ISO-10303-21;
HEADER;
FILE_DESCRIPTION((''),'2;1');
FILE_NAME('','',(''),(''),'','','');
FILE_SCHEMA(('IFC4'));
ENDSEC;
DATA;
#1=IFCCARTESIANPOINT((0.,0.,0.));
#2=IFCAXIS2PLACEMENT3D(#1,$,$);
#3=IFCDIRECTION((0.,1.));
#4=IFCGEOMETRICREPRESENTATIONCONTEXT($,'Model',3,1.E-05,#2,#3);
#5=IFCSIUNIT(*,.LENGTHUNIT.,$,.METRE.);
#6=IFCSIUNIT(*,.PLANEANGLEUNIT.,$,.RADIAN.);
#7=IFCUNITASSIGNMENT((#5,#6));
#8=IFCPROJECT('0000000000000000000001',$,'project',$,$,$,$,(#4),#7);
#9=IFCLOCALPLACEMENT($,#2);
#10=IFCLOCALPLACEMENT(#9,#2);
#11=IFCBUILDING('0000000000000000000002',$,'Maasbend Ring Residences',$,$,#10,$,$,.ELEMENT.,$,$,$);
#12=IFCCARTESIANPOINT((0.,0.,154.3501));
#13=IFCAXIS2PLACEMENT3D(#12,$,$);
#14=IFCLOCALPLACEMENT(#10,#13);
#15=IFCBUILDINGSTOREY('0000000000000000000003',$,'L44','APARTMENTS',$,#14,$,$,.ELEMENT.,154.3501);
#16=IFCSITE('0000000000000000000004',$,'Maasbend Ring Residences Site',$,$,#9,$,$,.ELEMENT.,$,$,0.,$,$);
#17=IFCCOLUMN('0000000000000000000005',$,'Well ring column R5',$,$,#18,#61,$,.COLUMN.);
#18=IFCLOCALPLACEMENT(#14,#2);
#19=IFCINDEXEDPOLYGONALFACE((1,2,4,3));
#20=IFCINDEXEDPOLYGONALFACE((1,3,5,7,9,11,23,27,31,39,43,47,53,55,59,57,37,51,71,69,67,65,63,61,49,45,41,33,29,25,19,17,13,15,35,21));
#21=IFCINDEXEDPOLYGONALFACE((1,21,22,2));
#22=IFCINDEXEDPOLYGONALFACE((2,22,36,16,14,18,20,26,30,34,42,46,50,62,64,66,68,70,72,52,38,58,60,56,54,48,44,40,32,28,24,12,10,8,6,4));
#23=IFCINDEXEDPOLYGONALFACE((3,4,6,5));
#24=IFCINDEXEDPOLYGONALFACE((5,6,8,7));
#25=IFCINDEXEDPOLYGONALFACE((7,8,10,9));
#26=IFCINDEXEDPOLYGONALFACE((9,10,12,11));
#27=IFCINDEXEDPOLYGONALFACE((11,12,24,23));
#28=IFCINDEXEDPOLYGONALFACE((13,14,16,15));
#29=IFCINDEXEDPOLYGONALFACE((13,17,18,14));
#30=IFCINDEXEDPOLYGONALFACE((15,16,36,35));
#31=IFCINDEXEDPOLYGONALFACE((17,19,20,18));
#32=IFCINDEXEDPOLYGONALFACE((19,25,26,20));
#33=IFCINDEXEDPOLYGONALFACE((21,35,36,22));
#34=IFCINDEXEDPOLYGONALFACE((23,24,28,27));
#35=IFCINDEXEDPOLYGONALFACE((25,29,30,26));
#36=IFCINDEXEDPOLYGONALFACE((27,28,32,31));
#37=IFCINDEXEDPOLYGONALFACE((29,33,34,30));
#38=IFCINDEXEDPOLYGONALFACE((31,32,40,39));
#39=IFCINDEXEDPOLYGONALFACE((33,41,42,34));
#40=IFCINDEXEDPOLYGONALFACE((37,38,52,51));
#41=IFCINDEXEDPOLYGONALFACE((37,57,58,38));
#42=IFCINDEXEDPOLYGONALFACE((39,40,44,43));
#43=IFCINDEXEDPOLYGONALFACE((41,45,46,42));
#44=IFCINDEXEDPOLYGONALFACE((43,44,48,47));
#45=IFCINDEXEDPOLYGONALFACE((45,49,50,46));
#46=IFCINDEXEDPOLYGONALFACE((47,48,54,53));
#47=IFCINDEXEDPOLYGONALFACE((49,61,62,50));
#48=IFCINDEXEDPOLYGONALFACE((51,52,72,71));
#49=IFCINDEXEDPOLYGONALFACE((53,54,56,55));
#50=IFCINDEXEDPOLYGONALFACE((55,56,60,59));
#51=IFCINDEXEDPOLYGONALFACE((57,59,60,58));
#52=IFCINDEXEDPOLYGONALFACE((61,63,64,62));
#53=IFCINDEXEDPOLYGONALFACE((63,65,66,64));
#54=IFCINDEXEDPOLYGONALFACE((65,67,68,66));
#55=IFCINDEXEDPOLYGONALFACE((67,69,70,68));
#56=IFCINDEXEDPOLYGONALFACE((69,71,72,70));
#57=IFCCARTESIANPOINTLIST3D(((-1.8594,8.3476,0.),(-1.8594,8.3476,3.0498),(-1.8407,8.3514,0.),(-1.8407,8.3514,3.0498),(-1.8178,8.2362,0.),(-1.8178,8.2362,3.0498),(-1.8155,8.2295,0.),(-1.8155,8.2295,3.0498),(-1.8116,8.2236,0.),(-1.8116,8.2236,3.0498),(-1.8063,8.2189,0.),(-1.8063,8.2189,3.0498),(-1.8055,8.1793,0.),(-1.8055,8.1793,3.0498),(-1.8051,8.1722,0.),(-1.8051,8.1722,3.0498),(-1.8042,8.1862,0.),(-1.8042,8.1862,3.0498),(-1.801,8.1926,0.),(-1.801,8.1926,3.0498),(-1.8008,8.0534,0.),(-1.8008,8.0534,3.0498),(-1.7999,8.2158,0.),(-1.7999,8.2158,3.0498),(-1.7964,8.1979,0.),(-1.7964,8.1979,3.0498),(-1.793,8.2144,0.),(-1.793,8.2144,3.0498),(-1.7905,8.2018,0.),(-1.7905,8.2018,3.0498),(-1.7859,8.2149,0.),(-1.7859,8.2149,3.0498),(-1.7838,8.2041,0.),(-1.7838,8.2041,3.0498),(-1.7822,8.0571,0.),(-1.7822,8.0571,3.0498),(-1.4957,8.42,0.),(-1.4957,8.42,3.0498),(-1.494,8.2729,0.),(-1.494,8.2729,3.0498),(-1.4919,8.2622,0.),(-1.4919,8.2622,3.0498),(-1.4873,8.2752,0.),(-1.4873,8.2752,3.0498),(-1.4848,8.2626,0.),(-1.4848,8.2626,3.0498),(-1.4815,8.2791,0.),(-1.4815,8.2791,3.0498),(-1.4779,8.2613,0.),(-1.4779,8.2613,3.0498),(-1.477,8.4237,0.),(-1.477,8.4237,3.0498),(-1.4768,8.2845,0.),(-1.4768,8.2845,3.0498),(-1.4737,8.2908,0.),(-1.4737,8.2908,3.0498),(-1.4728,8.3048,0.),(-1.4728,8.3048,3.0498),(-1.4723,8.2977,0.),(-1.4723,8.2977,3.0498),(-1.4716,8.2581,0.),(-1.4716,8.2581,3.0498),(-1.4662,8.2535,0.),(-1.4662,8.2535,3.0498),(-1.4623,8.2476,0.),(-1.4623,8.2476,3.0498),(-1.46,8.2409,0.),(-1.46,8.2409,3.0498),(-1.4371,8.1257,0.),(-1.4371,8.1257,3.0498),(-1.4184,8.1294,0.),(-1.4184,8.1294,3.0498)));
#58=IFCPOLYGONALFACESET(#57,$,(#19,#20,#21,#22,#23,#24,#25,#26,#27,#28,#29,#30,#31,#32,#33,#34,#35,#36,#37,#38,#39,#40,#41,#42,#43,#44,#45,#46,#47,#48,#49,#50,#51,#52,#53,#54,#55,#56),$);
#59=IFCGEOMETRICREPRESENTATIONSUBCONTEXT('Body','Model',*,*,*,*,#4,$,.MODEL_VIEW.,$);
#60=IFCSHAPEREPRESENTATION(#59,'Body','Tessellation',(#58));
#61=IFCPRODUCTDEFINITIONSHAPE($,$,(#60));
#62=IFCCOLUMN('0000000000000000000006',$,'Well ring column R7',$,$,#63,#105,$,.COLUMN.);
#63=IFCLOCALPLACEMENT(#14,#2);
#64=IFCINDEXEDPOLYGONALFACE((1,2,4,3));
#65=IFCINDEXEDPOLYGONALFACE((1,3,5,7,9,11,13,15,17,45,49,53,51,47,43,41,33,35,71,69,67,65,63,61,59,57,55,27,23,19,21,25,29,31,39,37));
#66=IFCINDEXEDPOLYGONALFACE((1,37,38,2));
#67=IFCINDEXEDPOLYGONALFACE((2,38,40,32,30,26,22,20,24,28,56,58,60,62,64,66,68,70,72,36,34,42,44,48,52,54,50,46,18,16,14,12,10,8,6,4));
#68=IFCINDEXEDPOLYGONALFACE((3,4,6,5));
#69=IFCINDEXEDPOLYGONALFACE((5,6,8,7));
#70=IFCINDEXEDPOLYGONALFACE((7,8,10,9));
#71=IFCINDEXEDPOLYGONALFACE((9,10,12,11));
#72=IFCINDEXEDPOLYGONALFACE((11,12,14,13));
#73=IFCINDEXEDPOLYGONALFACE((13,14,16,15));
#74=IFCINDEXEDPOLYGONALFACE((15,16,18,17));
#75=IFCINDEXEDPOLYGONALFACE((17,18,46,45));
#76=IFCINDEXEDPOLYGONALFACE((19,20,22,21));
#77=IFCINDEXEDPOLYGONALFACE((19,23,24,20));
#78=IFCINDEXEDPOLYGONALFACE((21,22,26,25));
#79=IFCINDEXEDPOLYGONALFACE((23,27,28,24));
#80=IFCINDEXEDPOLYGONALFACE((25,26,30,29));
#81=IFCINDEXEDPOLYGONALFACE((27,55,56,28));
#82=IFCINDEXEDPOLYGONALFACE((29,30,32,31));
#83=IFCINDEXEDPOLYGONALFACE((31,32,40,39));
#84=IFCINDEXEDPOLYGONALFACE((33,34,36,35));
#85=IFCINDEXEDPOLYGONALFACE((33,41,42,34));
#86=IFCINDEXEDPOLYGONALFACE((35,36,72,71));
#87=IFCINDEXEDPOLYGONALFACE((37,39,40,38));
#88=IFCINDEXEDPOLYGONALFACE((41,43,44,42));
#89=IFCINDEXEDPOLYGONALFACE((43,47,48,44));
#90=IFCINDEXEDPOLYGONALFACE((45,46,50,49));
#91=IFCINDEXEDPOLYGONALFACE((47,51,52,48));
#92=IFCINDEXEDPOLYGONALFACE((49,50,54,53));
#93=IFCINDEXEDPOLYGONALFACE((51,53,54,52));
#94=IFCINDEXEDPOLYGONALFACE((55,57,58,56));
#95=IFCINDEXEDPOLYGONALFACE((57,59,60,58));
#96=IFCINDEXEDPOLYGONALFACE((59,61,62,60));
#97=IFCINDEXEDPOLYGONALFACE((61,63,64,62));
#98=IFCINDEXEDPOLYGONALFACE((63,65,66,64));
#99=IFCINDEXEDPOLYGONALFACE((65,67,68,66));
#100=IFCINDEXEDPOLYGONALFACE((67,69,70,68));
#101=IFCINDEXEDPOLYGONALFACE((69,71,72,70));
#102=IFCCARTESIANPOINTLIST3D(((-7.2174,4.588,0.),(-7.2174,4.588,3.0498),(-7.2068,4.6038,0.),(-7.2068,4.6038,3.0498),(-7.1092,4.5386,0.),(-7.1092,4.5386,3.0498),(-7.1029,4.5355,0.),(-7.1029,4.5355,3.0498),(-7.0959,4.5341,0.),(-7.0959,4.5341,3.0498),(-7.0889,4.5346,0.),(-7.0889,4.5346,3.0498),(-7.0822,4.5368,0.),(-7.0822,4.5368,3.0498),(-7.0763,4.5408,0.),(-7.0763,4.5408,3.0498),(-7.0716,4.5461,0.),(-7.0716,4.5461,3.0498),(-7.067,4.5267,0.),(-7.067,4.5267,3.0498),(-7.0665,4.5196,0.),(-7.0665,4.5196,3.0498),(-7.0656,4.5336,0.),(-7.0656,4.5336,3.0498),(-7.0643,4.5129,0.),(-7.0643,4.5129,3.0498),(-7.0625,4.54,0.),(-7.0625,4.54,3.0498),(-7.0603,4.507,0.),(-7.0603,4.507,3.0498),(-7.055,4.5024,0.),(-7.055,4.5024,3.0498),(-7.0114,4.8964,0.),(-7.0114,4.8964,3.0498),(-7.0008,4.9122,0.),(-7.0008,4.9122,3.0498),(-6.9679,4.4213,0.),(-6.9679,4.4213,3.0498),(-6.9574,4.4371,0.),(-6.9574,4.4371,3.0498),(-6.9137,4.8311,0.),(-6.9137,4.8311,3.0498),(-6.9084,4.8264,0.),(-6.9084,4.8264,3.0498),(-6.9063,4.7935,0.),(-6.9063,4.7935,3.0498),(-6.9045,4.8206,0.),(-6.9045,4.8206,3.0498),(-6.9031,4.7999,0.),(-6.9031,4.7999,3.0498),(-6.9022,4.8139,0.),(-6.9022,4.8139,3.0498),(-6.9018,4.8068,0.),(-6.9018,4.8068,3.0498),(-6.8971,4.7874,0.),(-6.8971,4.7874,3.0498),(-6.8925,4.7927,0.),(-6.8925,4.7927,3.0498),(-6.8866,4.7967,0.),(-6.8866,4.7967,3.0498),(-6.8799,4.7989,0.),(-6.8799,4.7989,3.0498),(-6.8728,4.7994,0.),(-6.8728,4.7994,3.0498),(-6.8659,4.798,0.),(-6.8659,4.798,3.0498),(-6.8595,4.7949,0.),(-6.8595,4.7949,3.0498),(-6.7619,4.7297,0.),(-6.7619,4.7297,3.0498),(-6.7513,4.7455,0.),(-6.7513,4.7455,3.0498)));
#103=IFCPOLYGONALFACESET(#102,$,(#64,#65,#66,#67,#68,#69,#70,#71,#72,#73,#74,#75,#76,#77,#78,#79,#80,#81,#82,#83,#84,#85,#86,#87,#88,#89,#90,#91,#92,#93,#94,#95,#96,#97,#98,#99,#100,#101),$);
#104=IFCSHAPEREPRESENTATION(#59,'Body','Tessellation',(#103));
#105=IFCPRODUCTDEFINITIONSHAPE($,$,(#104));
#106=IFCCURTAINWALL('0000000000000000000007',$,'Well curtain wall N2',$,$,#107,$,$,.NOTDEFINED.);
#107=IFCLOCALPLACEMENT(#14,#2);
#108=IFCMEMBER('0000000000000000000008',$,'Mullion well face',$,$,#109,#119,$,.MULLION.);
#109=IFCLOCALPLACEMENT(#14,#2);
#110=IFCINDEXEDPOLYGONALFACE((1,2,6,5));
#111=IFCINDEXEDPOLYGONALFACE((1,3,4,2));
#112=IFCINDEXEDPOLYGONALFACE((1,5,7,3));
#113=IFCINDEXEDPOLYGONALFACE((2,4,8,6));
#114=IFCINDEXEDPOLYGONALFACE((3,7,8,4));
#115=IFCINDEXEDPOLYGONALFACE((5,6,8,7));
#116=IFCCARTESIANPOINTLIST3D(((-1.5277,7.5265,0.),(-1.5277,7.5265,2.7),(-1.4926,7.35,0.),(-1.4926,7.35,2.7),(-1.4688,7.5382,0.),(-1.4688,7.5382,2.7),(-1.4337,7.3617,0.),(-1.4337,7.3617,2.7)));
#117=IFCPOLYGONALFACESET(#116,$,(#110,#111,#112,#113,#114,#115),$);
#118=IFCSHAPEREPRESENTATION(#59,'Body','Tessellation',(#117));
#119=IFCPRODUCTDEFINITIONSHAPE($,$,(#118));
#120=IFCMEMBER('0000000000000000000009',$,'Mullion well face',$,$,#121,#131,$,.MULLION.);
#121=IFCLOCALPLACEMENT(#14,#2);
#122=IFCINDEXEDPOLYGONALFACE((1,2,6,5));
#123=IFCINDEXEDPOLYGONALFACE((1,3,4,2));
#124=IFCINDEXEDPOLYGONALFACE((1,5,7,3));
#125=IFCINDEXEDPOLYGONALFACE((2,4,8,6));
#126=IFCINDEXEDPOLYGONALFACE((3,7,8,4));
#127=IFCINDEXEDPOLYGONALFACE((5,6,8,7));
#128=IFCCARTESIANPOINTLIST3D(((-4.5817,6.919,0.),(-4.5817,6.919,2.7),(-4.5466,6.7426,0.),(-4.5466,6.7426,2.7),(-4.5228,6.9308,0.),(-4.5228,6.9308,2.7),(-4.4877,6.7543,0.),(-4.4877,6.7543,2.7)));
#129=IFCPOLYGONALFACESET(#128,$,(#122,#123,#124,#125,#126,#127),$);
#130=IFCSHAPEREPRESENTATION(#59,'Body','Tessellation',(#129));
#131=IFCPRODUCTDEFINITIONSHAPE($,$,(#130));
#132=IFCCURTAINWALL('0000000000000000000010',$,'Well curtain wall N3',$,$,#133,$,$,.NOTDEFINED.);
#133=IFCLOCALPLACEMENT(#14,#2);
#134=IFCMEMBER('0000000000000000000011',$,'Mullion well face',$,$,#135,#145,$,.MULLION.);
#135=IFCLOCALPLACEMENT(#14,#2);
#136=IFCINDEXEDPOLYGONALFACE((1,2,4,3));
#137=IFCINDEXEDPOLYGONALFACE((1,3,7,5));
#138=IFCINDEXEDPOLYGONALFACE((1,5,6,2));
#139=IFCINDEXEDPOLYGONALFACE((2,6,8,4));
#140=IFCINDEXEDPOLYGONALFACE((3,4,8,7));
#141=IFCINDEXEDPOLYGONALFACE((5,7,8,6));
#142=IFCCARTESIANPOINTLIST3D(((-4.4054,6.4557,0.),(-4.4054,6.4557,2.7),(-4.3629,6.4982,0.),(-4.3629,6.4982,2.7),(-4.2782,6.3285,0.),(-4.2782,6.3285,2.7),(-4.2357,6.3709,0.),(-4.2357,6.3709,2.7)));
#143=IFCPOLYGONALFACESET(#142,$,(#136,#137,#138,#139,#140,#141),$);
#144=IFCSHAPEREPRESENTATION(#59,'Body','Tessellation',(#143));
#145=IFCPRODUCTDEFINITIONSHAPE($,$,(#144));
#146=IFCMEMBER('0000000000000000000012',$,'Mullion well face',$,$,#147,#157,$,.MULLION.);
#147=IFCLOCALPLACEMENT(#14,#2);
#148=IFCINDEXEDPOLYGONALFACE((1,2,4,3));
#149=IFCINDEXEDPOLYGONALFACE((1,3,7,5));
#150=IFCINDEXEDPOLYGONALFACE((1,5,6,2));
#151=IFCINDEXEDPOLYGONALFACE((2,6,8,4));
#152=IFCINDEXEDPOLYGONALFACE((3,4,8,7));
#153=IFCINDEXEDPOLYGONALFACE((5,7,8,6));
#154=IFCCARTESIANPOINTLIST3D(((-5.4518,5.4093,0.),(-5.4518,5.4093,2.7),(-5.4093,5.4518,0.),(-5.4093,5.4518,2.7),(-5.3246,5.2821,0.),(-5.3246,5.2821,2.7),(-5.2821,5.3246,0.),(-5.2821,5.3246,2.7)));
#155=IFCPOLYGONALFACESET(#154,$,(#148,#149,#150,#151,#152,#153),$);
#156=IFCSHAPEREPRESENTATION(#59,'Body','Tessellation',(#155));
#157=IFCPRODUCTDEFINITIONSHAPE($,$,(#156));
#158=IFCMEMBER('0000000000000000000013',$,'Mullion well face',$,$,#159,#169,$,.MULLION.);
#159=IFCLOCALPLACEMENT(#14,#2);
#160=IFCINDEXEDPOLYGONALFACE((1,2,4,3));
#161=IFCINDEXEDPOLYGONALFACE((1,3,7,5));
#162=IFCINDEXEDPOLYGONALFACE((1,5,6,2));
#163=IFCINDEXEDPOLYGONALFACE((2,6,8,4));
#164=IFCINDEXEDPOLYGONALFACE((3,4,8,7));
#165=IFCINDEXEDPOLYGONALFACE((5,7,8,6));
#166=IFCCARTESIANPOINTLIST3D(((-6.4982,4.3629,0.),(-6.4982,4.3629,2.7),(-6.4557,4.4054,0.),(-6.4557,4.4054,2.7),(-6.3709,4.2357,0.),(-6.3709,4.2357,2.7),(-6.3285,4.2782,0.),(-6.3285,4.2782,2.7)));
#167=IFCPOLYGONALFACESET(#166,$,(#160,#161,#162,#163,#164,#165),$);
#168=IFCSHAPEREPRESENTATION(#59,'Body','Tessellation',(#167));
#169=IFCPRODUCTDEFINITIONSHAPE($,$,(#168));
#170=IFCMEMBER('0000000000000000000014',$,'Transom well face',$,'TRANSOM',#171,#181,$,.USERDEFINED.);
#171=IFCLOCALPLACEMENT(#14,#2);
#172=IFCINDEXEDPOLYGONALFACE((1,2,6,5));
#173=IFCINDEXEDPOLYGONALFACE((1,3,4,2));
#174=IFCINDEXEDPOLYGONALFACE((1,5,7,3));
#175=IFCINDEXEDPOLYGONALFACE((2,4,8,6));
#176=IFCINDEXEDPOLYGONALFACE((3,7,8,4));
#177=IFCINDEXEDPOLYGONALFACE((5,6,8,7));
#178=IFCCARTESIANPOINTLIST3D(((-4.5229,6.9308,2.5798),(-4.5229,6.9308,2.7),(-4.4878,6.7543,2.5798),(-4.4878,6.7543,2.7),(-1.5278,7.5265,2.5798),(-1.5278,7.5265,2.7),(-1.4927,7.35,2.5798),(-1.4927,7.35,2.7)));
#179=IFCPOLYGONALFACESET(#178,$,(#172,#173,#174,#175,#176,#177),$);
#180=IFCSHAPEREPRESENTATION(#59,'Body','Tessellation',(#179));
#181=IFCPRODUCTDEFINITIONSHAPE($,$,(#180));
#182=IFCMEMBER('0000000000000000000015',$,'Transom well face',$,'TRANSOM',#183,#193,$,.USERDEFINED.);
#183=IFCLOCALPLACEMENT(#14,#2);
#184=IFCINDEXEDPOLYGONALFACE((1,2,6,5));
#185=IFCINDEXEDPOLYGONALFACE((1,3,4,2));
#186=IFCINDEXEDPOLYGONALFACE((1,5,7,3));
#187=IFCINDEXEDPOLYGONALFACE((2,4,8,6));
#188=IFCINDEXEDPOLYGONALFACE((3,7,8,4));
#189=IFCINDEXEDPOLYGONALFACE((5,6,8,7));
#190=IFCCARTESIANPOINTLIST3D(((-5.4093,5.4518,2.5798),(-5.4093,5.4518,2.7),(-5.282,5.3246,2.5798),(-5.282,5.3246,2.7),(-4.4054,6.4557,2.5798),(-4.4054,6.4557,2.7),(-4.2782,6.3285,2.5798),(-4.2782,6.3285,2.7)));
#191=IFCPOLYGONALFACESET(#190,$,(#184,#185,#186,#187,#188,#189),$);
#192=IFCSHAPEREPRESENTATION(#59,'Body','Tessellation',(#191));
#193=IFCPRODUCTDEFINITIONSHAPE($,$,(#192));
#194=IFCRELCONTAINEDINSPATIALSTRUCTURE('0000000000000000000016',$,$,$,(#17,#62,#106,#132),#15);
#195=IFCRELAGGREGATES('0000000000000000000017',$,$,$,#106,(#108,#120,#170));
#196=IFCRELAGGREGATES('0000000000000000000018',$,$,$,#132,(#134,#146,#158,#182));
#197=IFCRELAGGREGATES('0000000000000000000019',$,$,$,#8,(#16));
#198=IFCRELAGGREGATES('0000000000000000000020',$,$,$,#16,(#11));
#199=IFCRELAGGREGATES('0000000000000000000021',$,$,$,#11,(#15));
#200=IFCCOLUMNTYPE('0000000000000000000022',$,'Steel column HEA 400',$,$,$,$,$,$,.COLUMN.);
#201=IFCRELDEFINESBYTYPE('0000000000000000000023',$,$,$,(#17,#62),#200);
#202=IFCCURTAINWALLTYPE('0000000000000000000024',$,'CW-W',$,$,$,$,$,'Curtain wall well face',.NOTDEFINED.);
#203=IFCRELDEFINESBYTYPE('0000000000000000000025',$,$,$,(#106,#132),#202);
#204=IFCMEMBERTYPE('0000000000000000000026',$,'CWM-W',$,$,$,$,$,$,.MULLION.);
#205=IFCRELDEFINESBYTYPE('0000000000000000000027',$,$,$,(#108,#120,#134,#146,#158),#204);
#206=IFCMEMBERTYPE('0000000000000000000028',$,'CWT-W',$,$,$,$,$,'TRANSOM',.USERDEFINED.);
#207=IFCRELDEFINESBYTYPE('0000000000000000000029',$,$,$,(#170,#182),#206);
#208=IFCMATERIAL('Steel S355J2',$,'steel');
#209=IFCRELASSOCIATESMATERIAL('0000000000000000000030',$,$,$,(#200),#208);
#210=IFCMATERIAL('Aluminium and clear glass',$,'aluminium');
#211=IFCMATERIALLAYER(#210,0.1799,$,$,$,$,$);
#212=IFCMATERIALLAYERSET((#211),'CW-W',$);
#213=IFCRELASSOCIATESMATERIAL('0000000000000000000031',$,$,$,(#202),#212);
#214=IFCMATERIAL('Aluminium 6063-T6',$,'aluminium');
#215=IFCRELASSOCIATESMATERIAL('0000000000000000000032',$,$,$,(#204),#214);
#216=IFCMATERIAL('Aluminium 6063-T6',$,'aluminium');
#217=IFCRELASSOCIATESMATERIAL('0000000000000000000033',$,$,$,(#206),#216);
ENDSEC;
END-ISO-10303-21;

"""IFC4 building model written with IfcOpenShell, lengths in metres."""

from ifc_helpers import new_model, si_unit, direction, frame, origin, origin_2d, place, context, subcontext, project, spatial, rectangle, i_section, extrude, material, layer, layer_set, material_profile, profile_set, type_object, element, aggregate, save


model = new_model("IFC4")

# Units and contexts
model_context = context("Model", 3, precision=1e-05, world=origin(), true_north=direction((0.0, 1.0)))
body_context = subcontext(model_context, "Body", "Model", "MODEL_VIEW")
ifc_project = project(units=[si_unit("LENGTHUNIT", "METRE"), si_unit("PLANEANGLEUNIT", "RADIAN")], contexts=[model_context])

# Site, building, storey
site_placement = place(None, origin())
site = spatial("IfcSite", under=ifc_project, at=site_placement, Name="Maasbend Ring Residences Site", CompositionType="ELEMENT", RefElevation=0.0)
building_placement = place(site_placement, origin())
building = spatial("IfcBuilding", under=site, at=building_placement, Name="Maasbend Ring Residences", CompositionType="ELEMENT")
storey_placement = place(building_placement, frame((0.0, 0.0, 154.3501)))
storey = spatial("IfcBuildingStorey", under=building, at=storey_placement, Name="L44", Description="APARTMENTS", CompositionType="ELEMENT", Elevation=154.3501)

# Columns
ifc_material_1 = material(Name="Steel S355J2", Category="steel")
ifc_material_profile_1 = material_profile(ifc_material_1, i_section(OverallWidth=0.3, OverallDepth=0.3899, WebThickness=0.011, FlangeThickness=0.019, FilletRadius=0.0271, at=origin_2d()), Name="HEA 400")
ifc_profile_set_1 = profile_set([ifc_material_profile_1], Name="Steel S355J2")
column_type = type_object("IfcColumnType", Name="Steel column HEA 400", PredefinedType="COLUMN", material=ifc_profile_set_1)
for number, where, z_axis, x_axis, name in (
    (1, (-1.6389, 8.2385, 0.0), (0.0, 0.0, 1.0), (-0.19509, 0.980785, 0.0), "Well ring column R5"),
    (2, (-6.9844, 4.6667, 0.0), (0.0, 0.0, 1.0), (-0.83147, 0.55557, 0.0), "Well ring column R7"),
):
    element("IfcColumn", number, at=place(storey_placement, frame(where, z_axis=z_axis, x_axis=x_axis)), inside=storey, type_object=column_type, Name=name, PredefinedType="COLUMN", context=body_context, shape_type="SweptSolid", body=[
        extrude(i_section(OverallWidth=0.3, OverallDepth=0.3899, WebThickness=0.011, FlangeThickness=0.019, FilletRadius=0.0271, at=origin_2d()), origin(), (0.0, 0.0, 1.0), 3.0498),
    ])

# Curtain walls, members
ifc_material_2 = material(Name="Aluminium and clear glass", Category="aluminium")
ifc_layer_1 = layer(ifc_material_2, 0.1799)
ifc_layer_set_1 = layer_set([ifc_layer_1], Name="CW-W")
curtain_wall_type = type_object("IfcCurtainWallType", Name="CW-W", ElementType="Curtain wall well face", PredefinedType="NOTDEFINED", material=ifc_layer_set_1)
curtain_wall_1_placement = place(storey_placement, origin())
curtain_wall_1 = element("IfcCurtainWall", 3, at=curtain_wall_1_placement, inside=storey, type_object=curtain_wall_type, Name="Well curtain wall N2", PredefinedType="NOTDEFINED")
ifc_material_3 = material(Name="Aluminium 6063-T6", Category="aluminium")
ifc_material_profile_2 = material_profile(ifc_material_3, rectangle(XDim=0.1799, YDim=0.0601, at=origin_2d()), Name="AL 180x60")
ifc_profile_set_2 = profile_set([ifc_material_profile_2], Name="Aluminium 6063-T6")
member_type_1 = type_object("IfcMemberType", Name="CWM-W", PredefinedType="MULLION", material=ifc_profile_set_2)
member_1_placement = place(storey_placement, frame((-1.4807, 7.4441, 0.0), z_axis=(0.0, 0.0, 1.0), x_axis=(0.19509, -0.980785, 0.0)))
member_1 = element("IfcMember", 4, at=member_1_placement, type_object=member_type_1, Name="Mullion well face", PredefinedType="MULLION", context=body_context, shape_type="SweptSolid", body=[
    extrude(rectangle(XDim=0.1799, YDim=0.0601, at=origin_2d()), origin(), (0.0, 0.0, 1.0), 2.7),
])
member_2_placement = place(storey_placement, frame((-4.5347, 6.8367, 0.0), z_axis=(0.0, 0.0, 1.0), x_axis=(0.19509, -0.980785, 0.0)))
member_2 = element("IfcMember", 5, at=member_2_placement, type_object=member_type_1, Name="Mullion well face", PredefinedType="MULLION", context=body_context, shape_type="SweptSolid", body=[
    extrude(rectangle(XDim=0.1799, YDim=0.0601, at=origin_2d()), origin(), (0.0, 0.0, 1.0), 2.7),
])
curtain_wall_2_placement = place(storey_placement, origin())
curtain_wall_2 = element("IfcCurtainWall", 6, at=curtain_wall_2_placement, inside=storey, type_object=curtain_wall_type, Name="Well curtain wall N3", PredefinedType="NOTDEFINED")
member_3_placement = place(storey_placement, frame((-4.3206, 6.4133, 0.0), z_axis=(0.0, 0.0, 1.0), x_axis=(0.707107, -0.707107, 0.0)))
member_3 = element("IfcMember", 7, at=member_3_placement, type_object=member_type_1, Name="Mullion well face", PredefinedType="MULLION", context=body_context, shape_type="SweptSolid", body=[
    extrude(rectangle(XDim=0.1799, YDim=0.0601, at=origin_2d()), origin(), (0.0, 0.0, 1.0), 2.7),
])
member_4_placement = place(storey_placement, frame((-5.3669, 5.3669, 0.0), z_axis=(0.0, 0.0, 1.0), x_axis=(0.707107, -0.707107, 0.0)))
member_4 = element("IfcMember", 8, at=member_4_placement, type_object=member_type_1, Name="Mullion well face", PredefinedType="MULLION", context=body_context, shape_type="SweptSolid", body=[
    extrude(rectangle(XDim=0.1799, YDim=0.0601, at=origin_2d()), origin(), (0.0, 0.0, 1.0), 2.7),
])
member_5_placement = place(storey_placement, frame((-6.4133, 4.3206, 0.0), z_axis=(0.0, 0.0, 1.0), x_axis=(0.707107, -0.707107, 0.0)))
member_5 = element("IfcMember", 9, at=member_5_placement, type_object=member_type_1, Name="Mullion well face", PredefinedType="MULLION", context=body_context, shape_type="SweptSolid", body=[
    extrude(rectangle(XDim=0.1799, YDim=0.0601, at=origin_2d()), origin(), (0.0, 0.0, 1.0), 2.7),
])

# Members
ifc_material_4 = material(Name="Aluminium 6063-T6", Category="aluminium")
ifc_material_profile_3 = material_profile(ifc_material_4, rectangle(XDim=0.1799, YDim=0.1201, at=origin_2d()), Name="AL 180x120")
ifc_profile_set_3 = profile_set([ifc_material_profile_3], Name="Aluminium 6063-T6")
member_type_2 = type_object("IfcMemberType", Name="CWT-W", ElementType="TRANSOM", PredefinedType="USERDEFINED", material=ifc_profile_set_3)
member_6_placement = place(storey_placement, frame((-1.5103, 7.4382, 2.6399), z_axis=(-0.980789, -0.195071, 0.0), x_axis=(0.195071, -0.980789, 0.0)))
member_6 = element("IfcMember", 10, at=member_6_placement, type_object=member_type_2, Name="Transom well face", ObjectType="TRANSOM", PredefinedType="USERDEFINED", context=body_context, shape_type="SweptSolid", body=[
    extrude(rectangle(XDim=0.1799, YDim=0.1201, at=origin_2d()), origin(), (0.0, 0.0, 1.0), 3.0537),
])
member_7_placement = place(storey_placement, frame((-4.3418, 6.3921, 2.6399), z_axis=(-0.707107, -0.707107, 0.0), x_axis=(0.707107, -0.707107, 0.0)))
member_7 = element("IfcMember", 11, at=member_7_placement, type_object=member_type_2, Name="Transom well face", ObjectType="TRANSOM", PredefinedType="USERDEFINED", context=body_context, shape_type="SweptSolid", body=[
    extrude(rectangle(XDim=0.1799, YDim=0.1201, at=origin_2d()), origin(), (0.0, 0.0, 1.0), 1.4197),
])

aggregate(curtain_wall_1, [member_1, member_2, member_6])
aggregate(curtain_wall_2, [member_3, member_4, member_5, member_7])

save(model, "model.ifc")
